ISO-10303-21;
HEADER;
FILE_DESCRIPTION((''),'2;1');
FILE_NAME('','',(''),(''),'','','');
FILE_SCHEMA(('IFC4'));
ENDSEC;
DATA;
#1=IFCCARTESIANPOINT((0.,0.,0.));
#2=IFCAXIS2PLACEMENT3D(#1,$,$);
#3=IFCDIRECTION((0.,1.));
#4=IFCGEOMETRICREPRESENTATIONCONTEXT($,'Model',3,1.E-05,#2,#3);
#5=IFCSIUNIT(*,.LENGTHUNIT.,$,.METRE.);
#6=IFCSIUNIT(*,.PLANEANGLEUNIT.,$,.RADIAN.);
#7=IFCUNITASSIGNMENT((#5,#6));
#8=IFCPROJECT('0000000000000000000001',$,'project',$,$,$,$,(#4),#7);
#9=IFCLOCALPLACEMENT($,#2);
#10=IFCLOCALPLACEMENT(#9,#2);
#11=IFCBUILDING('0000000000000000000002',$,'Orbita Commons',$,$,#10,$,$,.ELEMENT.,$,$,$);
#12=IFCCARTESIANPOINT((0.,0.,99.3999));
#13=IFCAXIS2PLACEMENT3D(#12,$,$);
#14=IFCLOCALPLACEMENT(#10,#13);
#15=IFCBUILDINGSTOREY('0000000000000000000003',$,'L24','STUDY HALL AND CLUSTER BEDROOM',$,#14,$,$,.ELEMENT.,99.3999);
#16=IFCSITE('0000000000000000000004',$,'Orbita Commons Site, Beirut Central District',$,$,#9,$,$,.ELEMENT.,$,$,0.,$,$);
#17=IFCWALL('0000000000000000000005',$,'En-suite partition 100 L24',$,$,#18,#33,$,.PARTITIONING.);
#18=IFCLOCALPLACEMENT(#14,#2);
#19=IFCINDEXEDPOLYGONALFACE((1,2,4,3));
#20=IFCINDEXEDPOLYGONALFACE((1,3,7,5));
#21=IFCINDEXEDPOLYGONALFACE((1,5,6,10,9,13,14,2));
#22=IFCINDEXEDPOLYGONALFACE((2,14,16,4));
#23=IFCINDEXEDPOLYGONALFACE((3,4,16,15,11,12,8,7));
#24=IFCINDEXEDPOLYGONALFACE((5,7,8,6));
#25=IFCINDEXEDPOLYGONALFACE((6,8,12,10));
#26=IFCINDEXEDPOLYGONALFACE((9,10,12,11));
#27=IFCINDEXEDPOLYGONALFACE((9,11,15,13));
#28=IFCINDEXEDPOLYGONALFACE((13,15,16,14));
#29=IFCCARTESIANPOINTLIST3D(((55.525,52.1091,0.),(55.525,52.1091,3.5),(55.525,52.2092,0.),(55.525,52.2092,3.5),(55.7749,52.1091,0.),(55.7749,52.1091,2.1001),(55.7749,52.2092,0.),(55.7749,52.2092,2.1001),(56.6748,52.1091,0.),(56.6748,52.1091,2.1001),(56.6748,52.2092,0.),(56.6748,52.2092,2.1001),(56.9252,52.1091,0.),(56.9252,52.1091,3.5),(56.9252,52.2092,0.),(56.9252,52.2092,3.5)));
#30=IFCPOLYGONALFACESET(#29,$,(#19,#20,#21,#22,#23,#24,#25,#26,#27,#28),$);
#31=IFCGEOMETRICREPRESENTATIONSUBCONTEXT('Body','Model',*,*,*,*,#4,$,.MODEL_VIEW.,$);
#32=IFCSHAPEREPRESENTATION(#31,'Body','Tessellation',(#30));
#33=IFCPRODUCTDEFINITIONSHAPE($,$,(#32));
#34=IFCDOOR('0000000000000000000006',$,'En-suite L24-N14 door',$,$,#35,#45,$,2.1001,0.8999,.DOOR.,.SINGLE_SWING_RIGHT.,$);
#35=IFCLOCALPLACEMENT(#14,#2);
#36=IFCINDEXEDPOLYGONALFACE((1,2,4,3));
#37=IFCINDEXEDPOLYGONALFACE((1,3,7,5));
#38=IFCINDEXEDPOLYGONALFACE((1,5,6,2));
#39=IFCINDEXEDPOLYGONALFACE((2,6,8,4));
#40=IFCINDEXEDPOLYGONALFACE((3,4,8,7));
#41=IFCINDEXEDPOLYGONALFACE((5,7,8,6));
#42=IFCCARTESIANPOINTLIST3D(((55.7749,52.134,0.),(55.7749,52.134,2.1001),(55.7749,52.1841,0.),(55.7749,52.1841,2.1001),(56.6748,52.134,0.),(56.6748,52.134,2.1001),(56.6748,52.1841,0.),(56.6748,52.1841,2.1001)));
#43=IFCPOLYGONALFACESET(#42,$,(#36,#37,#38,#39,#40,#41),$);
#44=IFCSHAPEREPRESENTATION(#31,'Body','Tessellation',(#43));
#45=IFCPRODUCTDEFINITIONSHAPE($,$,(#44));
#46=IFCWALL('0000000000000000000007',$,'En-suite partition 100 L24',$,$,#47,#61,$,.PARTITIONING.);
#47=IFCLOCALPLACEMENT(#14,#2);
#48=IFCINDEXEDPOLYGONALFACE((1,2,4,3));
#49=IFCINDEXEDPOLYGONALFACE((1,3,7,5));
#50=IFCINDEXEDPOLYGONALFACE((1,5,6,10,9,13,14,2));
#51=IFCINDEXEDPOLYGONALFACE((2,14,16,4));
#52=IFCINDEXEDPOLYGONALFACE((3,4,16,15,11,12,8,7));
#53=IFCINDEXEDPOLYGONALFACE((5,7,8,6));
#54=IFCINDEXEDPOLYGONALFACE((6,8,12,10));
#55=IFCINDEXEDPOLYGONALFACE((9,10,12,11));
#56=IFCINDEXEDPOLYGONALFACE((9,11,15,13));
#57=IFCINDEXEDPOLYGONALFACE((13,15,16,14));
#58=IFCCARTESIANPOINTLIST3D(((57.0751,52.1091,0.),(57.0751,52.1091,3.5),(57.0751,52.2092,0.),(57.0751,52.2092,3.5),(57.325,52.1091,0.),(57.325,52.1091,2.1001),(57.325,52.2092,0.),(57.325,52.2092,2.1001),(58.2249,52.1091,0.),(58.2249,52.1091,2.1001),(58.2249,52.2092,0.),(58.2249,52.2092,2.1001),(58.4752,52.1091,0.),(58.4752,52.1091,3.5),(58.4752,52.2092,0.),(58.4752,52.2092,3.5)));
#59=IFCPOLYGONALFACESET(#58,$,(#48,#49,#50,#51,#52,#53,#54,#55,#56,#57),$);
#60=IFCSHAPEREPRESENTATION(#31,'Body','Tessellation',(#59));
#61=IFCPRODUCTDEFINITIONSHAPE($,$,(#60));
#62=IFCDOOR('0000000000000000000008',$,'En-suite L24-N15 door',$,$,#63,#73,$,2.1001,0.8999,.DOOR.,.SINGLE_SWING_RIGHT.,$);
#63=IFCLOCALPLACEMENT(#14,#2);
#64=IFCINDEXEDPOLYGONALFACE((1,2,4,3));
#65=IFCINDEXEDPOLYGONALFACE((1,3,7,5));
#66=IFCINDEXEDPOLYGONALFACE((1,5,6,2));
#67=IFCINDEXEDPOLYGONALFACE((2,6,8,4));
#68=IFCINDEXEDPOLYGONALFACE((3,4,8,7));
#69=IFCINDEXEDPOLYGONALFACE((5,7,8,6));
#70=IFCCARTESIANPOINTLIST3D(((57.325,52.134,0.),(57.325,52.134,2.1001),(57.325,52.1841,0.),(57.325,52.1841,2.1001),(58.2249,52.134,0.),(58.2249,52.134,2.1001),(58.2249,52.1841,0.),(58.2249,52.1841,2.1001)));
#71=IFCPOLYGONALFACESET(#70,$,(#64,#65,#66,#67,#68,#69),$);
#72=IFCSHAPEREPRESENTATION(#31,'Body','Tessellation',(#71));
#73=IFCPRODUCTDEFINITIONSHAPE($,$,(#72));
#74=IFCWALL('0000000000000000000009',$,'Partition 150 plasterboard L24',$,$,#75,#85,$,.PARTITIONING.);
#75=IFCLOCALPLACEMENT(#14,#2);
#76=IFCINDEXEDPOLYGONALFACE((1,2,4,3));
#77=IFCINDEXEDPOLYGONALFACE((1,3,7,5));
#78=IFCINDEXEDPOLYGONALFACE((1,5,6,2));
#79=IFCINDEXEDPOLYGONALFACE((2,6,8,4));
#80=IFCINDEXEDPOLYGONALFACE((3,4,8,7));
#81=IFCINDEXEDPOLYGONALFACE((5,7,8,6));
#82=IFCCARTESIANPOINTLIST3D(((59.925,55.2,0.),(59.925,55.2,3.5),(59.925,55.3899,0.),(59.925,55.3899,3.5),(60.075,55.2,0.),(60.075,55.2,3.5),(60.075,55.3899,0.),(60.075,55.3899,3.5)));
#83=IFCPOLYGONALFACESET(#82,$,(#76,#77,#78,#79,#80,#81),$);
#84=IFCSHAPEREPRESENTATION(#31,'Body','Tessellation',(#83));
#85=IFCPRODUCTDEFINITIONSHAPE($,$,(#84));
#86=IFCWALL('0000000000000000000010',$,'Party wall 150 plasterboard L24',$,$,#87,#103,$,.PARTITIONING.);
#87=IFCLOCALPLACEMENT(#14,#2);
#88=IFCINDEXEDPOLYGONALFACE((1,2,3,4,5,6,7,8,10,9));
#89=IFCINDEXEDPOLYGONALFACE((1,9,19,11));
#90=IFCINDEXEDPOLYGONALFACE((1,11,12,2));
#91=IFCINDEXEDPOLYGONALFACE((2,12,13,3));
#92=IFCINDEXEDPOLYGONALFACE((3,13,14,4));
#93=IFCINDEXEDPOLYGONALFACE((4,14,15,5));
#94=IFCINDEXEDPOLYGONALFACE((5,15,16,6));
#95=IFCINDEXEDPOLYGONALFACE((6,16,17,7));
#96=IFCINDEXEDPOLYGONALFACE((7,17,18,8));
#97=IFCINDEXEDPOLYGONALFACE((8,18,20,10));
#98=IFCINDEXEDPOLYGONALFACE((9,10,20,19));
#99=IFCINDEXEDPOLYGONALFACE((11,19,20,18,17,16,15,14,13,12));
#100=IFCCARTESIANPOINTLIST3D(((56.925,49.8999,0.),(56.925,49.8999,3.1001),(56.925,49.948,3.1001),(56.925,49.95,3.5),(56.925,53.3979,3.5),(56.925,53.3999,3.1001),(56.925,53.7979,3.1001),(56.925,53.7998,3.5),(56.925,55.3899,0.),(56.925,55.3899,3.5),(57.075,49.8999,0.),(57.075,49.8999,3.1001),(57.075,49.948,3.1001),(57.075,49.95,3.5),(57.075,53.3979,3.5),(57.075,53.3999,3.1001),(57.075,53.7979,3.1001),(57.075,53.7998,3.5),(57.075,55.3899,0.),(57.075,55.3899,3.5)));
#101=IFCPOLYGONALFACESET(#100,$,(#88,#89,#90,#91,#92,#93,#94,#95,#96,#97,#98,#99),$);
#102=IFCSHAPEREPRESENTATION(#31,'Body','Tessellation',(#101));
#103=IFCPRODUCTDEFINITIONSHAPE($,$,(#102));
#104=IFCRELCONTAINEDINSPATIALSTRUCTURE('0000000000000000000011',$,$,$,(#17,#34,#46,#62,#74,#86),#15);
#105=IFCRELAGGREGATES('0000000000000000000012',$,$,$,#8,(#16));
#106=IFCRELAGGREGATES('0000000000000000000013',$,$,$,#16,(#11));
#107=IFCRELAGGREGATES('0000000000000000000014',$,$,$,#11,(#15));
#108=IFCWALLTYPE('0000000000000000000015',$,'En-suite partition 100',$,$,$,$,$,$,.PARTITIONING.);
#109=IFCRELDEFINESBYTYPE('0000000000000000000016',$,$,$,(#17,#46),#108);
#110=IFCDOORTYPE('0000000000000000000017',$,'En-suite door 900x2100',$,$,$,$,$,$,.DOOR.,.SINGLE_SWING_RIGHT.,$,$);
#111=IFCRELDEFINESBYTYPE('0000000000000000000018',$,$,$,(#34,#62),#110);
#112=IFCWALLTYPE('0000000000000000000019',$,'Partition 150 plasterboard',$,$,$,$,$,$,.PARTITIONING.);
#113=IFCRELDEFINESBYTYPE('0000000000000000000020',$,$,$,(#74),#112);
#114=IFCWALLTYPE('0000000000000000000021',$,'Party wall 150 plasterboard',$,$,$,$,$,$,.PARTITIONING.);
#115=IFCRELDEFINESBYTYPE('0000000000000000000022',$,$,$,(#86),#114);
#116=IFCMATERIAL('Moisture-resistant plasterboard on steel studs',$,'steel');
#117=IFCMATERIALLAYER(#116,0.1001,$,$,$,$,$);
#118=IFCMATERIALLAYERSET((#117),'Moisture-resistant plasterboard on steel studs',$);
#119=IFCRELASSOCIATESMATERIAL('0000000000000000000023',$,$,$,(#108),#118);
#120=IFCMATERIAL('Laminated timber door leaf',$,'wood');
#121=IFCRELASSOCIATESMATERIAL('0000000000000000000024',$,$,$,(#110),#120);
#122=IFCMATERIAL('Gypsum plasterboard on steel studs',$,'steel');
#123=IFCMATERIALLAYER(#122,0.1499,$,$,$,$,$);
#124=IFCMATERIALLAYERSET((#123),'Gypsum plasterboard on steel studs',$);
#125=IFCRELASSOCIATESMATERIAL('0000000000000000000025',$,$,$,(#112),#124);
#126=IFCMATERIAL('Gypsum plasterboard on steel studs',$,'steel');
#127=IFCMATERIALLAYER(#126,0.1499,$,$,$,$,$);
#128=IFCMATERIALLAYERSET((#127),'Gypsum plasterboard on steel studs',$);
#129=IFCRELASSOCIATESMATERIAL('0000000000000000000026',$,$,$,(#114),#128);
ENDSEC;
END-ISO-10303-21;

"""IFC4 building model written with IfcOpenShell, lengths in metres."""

from ifc_helpers import new_model, si_unit, direction, frame, frame_2d, origin, place, context, subcontext, project, spatial, polyline, rectangle, outline, extrude, material, layer, layer_set, type_object, element, fill, save


model = new_model("IFC4")

# Units and contexts
model_context = context("Model", 3, precision=1e-05, world=origin(), true_north=direction((0.0, 1.0)))
body_context = subcontext(model_context, "Body", "Model", "MODEL_VIEW")
ifc_project = project(units=[si_unit("LENGTHUNIT", "METRE"), si_unit("PLANEANGLEUNIT", "RADIAN")], contexts=[model_context])

# Site, building, storey
site_placement = place(None, origin())
site = spatial("IfcSite", under=ifc_project, at=site_placement, Name="Orbita Commons Site, Beirut Central District", CompositionType="ELEMENT", RefElevation=0.0)
building_placement = place(site_placement, origin())
building = spatial("IfcBuilding", under=site, at=building_placement, Name="Orbita Commons", CompositionType="ELEMENT")
storey_placement = place(building_placement, frame((0.0, 0.0, 99.3999)))
storey = spatial("IfcBuildingStorey", under=building, at=storey_placement, Name="L24", Description="STUDY HALL AND CLUSTER BEDROOM", CompositionType="ELEMENT", Elevation=99.3999)

# Walls, openings, doors
ifc_material_1 = material(Name="Moisture-resistant plasterboard on steel studs", Category="steel")
ifc_layer_1 = layer(ifc_material_1, 0.1001)
ifc_layer_set_1 = layer_set([ifc_layer_1], Name="Moisture-resistant plasterboard on steel studs")
wall_type_1 = type_object("IfcWallType", Name="En-suite partition 100", PredefinedType="PARTITIONING", material=ifc_layer_set_1)
wall_1_placement = place(storey_placement, frame((55.5249, 52.1592, 0.0), z_axis=(0.0, 0.0, 1.0), x_axis=(1.0, 0.0, 0.0)))
wall_1 = element("IfcWall", 1, at=wall_1_placement, inside=storey, type_object=wall_type_1, Name="En-suite partition 100 L24", PredefinedType="PARTITIONING", context=body_context, shape_type="SweptSolid", body=[
    extrude(rectangle(XDim=1.4001, YDim=0.1001, at=frame_2d((0.7002, 0.0))), origin(), (0.0, 0.0, 1.0), 3.5),
])
opening_1_placement = place(wall_1_placement, frame((0.25, 0.0, 0.0)))
opening_1 = element("IfcOpeningElement", 2, at=opening_1_placement, cuts=wall_1, PredefinedType="OPENING", context=body_context, shape_type="SweptSolid", body=[
    extrude(rectangle(XDim=0.8999, YDim=2.1001, at=frame_2d((0.45, 1.05))), frame((0.0, 0.0601, 0.0), z_axis=(0.0, -1.0, 0.0), x_axis=(1.0, 0.0, 0.0)), (0.0, 0.0, 1.0), 0.1201),
])
ifc_material_2 = material(Name="Laminated timber door leaf", Category="wood")
door_type = type_object("IfcDoorType", Name="En-suite door 900x2100", OperationType="SINGLE_SWING_RIGHT", PredefinedType="DOOR", material=ifc_material_2)
door_1_placement = place(opening_1_placement, origin())
door_1 = element("IfcDoor", 3, at=door_1_placement, inside=storey, type_object=door_type, Name="En-suite L24-N14 door", OperationType="SINGLE_SWING_RIGHT", OverallHeight=2.1001, OverallWidth=0.8999, PredefinedType="DOOR", context=body_context, shape_type="SweptSolid", body=[
    extrude(rectangle(XDim=0.8999, YDim=2.1001, at=frame_2d((0.45, 1.05))), frame((0.0, 0.0249, 0.0), z_axis=(0.0, -1.0, 0.0), x_axis=(1.0, 0.0, 0.0)), (0.0, 0.0, 1.0), 0.05),
])
fill(opening_1, door_1)
wall_2_placement = place(storey_placement, frame((57.075, 52.1592, 0.0), z_axis=(0.0, 0.0, 1.0), x_axis=(1.0, 0.0, 0.0)))
wall_2 = element("IfcWall", 4, at=wall_2_placement, inside=storey, type_object=wall_type_1, Name="En-suite partition 100 L24", PredefinedType="PARTITIONING", context=body_context, shape_type="SweptSolid", body=[
    extrude(rectangle(XDim=1.4001, YDim=0.1001, at=frame_2d((0.7002, 0.0))), origin(), (0.0, 0.0, 1.0), 3.5),
])
opening_2_placement = place(wall_2_placement, frame((0.25, 0.0, 0.0)))
opening_2 = element("IfcOpeningElement", 5, at=opening_2_placement, cuts=wall_2, PredefinedType="OPENING", context=body_context, shape_type="SweptSolid", body=[
    extrude(rectangle(XDim=0.8999, YDim=2.1001, at=frame_2d((0.45, 1.05))), frame((0.0, 0.0601, 0.0), z_axis=(0.0, -1.0, 0.0), x_axis=(1.0, 0.0, 0.0)), (0.0, 0.0, 1.0), 0.1201),
])
door_2_placement = place(opening_2_placement, origin())
door_2 = element("IfcDoor", 6, at=door_2_placement, inside=storey, type_object=door_type, Name="En-suite L24-N15 door", OperationType="SINGLE_SWING_RIGHT", OverallHeight=2.1001, OverallWidth=0.8999, PredefinedType="DOOR", context=body_context, shape_type="SweptSolid", body=[
    extrude(rectangle(XDim=0.8999, YDim=2.1001, at=frame_2d((0.45, 1.05))), frame((0.0, 0.0249, 0.0), z_axis=(0.0, -1.0, 0.0), x_axis=(1.0, 0.0, 0.0)), (0.0, 0.0, 1.0), 0.05),
])
fill(opening_2, door_2)

# Walls
ifc_material_3 = material(Name="Gypsum plasterboard on steel studs", Category="steel")
ifc_layer_2 = layer(ifc_material_3, 0.1499)
ifc_layer_set_2 = layer_set([ifc_layer_2], Name="Gypsum plasterboard on steel studs")
wall_type_2 = type_object("IfcWallType", Name="Partition 150 plasterboard", PredefinedType="PARTITIONING", material=ifc_layer_set_2)
wall_3_placement = place(storey_placement, frame((60.0, 55.2, 0.0), z_axis=(0.0, 0.0, 1.0), x_axis=(0.0, 1.0, 0.0)))
element("IfcWall", 7, at=wall_3_placement, inside=storey, type_object=wall_type_2, Name="Partition 150 plasterboard L24", PredefinedType="PARTITIONING", context=body_context, shape_type="SweptSolid", body=[
    extrude(rectangle(XDim=0.1899, YDim=0.1499, at=frame_2d((0.095, 0.0))), origin(), (0.0, 0.0, 1.0), 3.5),
])
ifc_material_4 = material(Name="Gypsum plasterboard on steel studs", Category="steel")
ifc_layer_3 = layer(ifc_material_4, 0.1499)
ifc_layer_set_3 = layer_set([ifc_layer_3], Name="Gypsum plasterboard on steel studs")
wall_type_3 = type_object("IfcWallType", Name="Party wall 150 plasterboard", PredefinedType="PARTITIONING", material=ifc_layer_set_3)
wall_4_placement = place(storey_placement, frame((57.0, 55.3899, 0.0), z_axis=(0.0, 0.0, 1.0), x_axis=(0.0, -1.0, 0.0)))
element("IfcWall", 8, at=wall_4_placement, inside=storey, type_object=wall_type_3, Name="Party wall 150 plasterboard L24", PredefinedType="PARTITIONING", context=body_context, shape_type="SweptSolid", body=[
    extrude(outline(polyline([(0.0, 0.0), (5.49, 0.0), (5.49, 3.1001), (5.4419, 3.1001), (5.4399, 3.5), (1.9919, 3.5), (1.99, 3.1001), (1.592, 3.1001), (1.5901, 3.5), (0.0, 3.5), (0.0, 0.0)])), frame((0.0, 0.075, 0.0), z_axis=(0.0, -1.0, 0.0), x_axis=(1.0, 0.0, 0.0)), (0.0, 0.0, 1.0), 0.1499),
])

save(model, "model.ifc")
